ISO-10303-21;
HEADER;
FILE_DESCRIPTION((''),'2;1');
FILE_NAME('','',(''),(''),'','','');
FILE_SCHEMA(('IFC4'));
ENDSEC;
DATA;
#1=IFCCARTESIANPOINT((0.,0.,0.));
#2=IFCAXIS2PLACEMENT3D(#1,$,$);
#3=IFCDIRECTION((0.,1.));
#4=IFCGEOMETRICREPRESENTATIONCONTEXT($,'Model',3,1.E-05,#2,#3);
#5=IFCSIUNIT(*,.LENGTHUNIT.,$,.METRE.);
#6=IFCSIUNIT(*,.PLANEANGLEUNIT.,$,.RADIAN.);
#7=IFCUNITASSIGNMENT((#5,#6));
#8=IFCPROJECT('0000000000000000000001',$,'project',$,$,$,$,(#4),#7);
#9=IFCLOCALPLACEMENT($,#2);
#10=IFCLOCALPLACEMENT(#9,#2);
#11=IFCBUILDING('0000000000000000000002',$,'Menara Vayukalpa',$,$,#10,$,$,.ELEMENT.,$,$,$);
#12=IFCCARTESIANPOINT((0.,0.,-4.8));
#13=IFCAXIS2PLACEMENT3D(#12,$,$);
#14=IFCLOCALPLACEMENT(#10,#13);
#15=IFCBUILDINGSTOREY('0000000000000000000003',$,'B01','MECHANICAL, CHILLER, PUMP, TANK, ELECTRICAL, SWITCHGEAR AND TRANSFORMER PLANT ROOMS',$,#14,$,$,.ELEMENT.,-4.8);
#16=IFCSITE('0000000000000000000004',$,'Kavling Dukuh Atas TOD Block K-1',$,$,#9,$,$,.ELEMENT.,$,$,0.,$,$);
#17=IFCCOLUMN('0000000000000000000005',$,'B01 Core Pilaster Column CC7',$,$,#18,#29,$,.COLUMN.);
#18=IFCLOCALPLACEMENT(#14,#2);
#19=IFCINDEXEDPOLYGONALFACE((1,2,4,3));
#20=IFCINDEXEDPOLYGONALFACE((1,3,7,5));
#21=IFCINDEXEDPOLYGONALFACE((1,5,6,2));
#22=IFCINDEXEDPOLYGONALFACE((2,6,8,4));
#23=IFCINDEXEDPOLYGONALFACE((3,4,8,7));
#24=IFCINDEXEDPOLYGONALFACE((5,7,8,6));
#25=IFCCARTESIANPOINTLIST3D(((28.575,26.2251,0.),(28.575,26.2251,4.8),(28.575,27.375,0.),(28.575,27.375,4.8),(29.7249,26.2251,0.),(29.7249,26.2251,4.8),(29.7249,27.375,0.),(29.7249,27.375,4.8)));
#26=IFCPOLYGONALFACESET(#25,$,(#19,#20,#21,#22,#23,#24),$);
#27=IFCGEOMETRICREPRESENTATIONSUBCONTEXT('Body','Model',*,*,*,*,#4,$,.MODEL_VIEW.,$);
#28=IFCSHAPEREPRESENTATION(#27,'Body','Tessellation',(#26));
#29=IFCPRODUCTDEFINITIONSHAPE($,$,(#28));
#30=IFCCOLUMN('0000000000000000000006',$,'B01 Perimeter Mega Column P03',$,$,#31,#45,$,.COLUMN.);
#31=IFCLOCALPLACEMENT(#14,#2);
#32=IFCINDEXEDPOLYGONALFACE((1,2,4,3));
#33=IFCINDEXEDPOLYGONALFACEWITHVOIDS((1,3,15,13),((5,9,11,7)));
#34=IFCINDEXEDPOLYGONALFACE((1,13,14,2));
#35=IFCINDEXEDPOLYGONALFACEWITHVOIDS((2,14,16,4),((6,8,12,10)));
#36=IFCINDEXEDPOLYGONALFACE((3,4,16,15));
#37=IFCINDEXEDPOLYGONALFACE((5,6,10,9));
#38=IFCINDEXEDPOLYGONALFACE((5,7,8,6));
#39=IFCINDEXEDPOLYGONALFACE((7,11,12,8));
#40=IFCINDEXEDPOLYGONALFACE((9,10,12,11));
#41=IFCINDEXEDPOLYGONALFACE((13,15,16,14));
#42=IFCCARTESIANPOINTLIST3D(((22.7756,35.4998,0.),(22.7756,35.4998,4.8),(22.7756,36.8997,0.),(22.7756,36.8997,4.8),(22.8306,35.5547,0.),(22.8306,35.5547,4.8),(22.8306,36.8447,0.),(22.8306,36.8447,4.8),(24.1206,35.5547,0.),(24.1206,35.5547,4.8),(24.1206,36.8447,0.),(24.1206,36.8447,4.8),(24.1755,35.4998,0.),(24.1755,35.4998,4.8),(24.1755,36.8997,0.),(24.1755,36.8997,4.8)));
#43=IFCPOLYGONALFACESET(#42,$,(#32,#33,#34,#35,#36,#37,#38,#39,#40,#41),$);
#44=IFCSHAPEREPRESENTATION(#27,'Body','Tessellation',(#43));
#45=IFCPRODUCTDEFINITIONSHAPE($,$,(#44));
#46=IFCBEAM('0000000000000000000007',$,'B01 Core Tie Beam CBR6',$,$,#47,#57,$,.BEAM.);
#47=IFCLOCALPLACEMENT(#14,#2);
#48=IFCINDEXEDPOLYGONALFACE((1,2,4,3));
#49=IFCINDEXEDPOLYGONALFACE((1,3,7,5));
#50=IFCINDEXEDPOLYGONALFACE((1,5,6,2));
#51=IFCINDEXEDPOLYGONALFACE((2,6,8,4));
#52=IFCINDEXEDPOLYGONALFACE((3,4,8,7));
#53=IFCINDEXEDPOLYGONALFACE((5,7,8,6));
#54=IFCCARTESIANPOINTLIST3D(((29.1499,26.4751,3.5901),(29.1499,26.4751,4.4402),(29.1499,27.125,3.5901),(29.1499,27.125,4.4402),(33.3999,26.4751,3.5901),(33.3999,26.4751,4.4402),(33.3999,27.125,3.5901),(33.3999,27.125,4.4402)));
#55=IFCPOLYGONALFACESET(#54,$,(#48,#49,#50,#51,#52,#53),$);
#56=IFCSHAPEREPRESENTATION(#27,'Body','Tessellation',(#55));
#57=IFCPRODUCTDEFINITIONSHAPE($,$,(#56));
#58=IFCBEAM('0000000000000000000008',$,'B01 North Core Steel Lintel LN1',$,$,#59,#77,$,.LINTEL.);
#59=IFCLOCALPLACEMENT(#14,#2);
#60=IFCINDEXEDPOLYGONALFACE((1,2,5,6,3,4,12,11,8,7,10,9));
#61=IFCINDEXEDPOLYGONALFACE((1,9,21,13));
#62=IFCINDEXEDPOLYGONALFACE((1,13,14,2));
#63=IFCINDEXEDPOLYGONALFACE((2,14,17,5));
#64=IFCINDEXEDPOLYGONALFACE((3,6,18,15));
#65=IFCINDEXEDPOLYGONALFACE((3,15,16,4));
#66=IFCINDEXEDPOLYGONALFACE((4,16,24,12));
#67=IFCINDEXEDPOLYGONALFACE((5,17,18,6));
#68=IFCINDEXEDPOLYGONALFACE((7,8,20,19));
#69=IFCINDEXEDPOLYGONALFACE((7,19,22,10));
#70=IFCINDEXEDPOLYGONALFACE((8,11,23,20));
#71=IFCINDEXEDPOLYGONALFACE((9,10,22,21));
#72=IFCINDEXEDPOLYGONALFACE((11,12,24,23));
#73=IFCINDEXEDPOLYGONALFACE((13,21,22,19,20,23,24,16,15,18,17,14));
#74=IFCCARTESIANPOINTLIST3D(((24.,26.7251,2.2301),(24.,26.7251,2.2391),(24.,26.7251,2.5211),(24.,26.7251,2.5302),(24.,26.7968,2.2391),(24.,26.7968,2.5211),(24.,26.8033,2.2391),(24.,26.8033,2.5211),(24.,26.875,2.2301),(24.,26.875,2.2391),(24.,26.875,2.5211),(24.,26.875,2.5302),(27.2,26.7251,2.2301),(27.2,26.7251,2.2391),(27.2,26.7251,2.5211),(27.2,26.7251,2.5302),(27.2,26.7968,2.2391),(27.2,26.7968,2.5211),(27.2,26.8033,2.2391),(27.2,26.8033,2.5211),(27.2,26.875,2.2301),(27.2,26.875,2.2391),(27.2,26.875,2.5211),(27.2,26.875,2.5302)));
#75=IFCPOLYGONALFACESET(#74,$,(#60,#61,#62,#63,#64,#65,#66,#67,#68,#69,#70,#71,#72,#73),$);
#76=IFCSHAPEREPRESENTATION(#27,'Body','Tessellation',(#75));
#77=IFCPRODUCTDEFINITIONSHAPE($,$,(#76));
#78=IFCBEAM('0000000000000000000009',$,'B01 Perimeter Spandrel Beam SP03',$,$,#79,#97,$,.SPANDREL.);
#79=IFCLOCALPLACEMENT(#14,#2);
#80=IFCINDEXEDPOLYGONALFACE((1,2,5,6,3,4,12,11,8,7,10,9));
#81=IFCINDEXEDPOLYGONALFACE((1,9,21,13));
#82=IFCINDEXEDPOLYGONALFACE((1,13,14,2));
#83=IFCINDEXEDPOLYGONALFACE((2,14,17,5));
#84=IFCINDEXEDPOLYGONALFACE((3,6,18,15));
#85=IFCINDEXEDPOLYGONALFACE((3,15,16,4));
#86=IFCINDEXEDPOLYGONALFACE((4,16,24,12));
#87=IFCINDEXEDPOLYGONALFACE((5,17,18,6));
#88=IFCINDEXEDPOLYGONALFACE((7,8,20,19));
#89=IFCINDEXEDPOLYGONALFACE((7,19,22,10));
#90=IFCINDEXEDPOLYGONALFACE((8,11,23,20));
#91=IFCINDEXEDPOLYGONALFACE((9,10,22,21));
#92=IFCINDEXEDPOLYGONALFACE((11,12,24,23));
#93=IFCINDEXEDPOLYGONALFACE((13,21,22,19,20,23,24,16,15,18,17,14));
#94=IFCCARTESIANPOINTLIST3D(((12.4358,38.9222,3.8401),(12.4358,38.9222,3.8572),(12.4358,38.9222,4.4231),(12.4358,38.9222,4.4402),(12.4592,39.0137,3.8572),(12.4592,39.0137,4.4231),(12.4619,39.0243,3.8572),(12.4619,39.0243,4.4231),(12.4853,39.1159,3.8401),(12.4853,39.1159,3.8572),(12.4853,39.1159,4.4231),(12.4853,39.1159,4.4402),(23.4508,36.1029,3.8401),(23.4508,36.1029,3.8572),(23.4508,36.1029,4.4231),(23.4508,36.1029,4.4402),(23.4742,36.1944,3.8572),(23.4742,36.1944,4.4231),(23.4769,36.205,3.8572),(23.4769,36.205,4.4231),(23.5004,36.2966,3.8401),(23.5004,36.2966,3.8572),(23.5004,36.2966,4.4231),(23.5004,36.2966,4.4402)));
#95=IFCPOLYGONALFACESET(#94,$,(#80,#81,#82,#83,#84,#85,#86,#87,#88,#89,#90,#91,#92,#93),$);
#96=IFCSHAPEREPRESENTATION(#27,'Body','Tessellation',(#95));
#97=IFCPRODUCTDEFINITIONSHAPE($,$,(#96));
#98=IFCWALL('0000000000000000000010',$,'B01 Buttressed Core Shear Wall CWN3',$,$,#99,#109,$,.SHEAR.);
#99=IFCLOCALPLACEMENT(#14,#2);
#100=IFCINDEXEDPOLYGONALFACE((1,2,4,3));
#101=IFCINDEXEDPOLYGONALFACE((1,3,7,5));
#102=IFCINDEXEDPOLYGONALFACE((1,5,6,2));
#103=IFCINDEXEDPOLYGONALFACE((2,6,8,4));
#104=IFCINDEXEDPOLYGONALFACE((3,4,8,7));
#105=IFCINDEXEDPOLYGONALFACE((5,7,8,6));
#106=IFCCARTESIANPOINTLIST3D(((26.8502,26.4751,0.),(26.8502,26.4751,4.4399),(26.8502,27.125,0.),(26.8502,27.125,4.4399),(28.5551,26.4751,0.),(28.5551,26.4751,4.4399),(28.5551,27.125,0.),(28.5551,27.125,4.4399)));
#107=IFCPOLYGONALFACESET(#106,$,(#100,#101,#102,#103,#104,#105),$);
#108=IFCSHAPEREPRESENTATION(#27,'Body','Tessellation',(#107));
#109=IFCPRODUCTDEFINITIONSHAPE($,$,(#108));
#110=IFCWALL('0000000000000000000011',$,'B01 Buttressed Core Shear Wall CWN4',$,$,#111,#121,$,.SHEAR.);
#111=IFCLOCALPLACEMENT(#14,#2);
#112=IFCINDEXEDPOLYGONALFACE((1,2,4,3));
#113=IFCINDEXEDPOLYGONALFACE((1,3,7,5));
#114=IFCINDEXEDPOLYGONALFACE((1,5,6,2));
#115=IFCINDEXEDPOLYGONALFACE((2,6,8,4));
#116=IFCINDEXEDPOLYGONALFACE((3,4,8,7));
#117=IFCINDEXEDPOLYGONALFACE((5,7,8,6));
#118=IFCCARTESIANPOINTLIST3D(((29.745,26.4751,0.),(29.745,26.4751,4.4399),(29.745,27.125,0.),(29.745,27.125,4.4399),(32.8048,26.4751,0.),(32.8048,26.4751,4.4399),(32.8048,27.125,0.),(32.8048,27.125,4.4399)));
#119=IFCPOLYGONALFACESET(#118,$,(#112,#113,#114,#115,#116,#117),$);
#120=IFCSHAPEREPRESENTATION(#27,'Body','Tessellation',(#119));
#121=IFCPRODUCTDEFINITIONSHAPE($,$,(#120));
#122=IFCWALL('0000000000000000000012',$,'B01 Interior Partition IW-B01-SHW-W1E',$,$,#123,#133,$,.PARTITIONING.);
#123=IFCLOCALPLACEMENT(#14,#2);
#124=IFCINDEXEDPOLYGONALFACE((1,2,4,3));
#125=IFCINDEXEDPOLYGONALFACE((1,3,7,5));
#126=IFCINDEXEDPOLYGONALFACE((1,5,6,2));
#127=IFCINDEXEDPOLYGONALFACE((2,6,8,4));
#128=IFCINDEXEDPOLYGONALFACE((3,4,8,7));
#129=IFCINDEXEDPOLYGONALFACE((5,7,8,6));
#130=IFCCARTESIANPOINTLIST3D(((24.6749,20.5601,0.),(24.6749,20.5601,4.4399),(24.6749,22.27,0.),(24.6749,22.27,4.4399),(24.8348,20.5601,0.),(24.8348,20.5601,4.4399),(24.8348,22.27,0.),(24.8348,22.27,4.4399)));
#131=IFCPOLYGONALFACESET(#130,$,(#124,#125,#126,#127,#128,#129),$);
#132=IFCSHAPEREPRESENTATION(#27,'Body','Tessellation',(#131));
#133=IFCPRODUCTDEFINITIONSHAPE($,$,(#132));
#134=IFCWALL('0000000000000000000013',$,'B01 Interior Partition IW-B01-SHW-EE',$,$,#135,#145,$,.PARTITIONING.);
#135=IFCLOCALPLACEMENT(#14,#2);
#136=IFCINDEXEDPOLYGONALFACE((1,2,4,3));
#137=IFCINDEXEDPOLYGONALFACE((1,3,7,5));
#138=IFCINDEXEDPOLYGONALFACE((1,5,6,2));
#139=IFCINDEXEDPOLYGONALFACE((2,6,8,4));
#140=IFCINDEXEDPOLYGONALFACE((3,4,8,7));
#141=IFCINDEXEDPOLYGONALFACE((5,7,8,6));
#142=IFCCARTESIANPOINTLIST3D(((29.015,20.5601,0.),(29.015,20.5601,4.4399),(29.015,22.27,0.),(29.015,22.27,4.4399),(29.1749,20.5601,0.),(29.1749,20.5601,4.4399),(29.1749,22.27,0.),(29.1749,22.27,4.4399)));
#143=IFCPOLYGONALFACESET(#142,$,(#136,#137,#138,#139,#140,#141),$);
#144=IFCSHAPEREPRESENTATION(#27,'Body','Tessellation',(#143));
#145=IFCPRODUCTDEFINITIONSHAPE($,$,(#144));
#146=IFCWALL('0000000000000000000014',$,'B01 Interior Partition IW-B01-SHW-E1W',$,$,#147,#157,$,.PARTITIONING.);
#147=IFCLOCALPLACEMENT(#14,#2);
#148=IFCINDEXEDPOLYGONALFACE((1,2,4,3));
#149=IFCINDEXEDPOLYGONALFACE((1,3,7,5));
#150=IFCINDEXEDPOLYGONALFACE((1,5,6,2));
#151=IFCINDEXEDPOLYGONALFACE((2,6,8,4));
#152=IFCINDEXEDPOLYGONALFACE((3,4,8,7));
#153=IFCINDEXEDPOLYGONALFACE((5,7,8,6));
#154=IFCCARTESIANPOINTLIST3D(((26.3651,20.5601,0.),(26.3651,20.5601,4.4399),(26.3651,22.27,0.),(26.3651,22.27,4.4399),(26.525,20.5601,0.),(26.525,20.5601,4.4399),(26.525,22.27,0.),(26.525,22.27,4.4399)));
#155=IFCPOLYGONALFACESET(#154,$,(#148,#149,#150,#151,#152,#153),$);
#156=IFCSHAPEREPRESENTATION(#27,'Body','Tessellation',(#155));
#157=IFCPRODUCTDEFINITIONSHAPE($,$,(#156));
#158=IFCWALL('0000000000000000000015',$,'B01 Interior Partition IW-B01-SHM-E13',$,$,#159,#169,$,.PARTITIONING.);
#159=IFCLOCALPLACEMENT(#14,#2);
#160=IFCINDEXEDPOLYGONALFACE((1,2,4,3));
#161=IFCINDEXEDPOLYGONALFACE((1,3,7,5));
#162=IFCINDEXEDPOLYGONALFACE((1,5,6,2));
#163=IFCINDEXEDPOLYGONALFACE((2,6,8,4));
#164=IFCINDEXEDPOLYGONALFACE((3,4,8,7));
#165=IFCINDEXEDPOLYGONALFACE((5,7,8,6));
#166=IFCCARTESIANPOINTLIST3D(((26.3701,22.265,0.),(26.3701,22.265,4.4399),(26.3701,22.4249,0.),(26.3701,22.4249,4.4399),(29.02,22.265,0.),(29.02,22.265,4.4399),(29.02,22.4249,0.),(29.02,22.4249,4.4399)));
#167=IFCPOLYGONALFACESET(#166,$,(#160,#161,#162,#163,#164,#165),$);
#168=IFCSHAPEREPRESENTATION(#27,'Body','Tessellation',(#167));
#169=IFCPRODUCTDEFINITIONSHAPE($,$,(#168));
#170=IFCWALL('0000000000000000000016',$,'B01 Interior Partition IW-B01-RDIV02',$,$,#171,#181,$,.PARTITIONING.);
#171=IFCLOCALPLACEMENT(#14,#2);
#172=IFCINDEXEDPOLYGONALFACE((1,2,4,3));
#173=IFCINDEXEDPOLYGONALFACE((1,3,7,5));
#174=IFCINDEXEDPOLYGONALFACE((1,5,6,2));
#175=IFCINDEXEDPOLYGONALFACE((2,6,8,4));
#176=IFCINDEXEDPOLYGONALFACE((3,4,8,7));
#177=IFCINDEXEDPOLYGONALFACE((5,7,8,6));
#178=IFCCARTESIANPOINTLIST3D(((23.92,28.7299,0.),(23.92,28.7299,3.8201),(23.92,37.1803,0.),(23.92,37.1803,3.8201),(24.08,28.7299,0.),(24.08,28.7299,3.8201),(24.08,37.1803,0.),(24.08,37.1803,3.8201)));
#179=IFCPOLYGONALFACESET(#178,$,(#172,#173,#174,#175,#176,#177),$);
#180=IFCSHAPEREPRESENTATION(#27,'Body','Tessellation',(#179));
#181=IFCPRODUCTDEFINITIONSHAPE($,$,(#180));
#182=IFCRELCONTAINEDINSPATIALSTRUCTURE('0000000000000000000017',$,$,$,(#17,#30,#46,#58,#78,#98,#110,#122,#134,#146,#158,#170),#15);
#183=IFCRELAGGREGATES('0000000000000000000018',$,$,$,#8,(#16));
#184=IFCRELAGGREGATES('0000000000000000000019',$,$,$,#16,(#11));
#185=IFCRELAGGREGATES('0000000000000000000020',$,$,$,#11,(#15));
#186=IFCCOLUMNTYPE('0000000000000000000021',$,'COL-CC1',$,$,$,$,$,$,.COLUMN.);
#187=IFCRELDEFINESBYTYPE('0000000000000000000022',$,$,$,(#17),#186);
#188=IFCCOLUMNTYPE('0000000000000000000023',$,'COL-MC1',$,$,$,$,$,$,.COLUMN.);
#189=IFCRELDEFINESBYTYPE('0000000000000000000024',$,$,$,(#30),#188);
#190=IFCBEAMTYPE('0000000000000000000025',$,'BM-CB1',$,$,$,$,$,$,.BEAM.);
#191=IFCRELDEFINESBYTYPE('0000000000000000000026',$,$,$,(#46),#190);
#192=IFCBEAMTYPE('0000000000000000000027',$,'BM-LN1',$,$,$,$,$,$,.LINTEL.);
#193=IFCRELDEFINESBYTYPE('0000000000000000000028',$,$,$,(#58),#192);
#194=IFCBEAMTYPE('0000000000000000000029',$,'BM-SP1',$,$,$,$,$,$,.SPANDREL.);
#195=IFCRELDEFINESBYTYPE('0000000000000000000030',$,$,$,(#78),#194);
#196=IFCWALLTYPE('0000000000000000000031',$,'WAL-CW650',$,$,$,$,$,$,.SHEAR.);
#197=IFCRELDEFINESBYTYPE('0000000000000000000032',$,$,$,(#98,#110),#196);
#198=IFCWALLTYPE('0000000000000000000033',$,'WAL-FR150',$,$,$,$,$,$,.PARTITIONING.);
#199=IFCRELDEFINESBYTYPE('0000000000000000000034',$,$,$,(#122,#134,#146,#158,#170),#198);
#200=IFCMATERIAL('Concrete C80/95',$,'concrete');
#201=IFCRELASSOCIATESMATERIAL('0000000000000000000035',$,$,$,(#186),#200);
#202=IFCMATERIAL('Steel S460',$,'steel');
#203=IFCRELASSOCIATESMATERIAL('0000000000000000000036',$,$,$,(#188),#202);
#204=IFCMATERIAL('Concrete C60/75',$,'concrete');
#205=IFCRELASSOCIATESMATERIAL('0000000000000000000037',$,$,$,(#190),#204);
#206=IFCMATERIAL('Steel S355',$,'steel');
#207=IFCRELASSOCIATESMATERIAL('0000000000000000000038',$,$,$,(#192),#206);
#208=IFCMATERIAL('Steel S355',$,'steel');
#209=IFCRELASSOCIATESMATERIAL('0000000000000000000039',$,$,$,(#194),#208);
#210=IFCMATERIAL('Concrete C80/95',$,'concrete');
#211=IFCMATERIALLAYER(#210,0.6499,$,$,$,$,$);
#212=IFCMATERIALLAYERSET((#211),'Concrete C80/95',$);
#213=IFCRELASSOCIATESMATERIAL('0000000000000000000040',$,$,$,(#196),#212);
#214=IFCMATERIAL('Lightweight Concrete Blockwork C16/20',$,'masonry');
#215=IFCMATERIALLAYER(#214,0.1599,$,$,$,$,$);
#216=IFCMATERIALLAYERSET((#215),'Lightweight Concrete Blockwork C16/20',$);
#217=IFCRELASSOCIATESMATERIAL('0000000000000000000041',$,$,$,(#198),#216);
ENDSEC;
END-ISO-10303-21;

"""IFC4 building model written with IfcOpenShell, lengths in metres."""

from ifc_helpers import new_model, si_unit, direction, frame, frame_2d, origin, origin_2d, place, context, subcontext, project, spatial, rectangle, hollow_rectangle, i_section, extrude, material, layer, layer_set, material_profile, profile_set, type_object, element, save


model = new_model("IFC4")

# Units and contexts
model_context = context("Model", 3, precision=1e-05, world=origin(), true_north=direction((0.0, 1.0)))
body_context = subcontext(model_context, "Body", "Model", "MODEL_VIEW")
ifc_project = project(units=[si_unit("LENGTHUNIT", "METRE"), si_unit("PLANEANGLEUNIT", "RADIAN")], contexts=[model_context])

# Site, building, storey
site_placement = place(None, origin())
site = spatial("IfcSite", under=ifc_project, at=site_placement, Name="Kavling Dukuh Atas TOD Block K-1", CompositionType="ELEMENT", RefElevation=0.0)
building_placement = place(site_placement, origin())
building = spatial("IfcBuilding", under=site, at=building_placement, Name="Menara Vayukalpa", CompositionType="ELEMENT")
storey_placement = place(building_placement, frame((0.0, 0.0, -4.8)))
storey = spatial("IfcBuildingStorey", under=building, at=storey_placement, Name="B01", Description="MECHANICAL, CHILLER, PUMP, TANK, ELECTRICAL, SWITCHGEAR AND TRANSFORMER PLANT ROOMS", CompositionType="ELEMENT", Elevation=-4.8)

# Columns
ifc_material_1 = material(Name="Concrete C80/95", Category="concrete")
ifc_material_profile_1 = material_profile(ifc_material_1, rectangle(XDim=1.1499, YDim=1.1499, at=origin_2d()), Name="RC 1150x1150")
ifc_profile_set_1 = profile_set([ifc_material_profile_1], Name="Concrete C80/95")
column_type_1 = type_object("IfcColumnType", Name="COL-CC1", PredefinedType="COLUMN", material=ifc_profile_set_1)
column_1_placement = place(storey_placement, frame((29.1499, 26.8, 0.0), z_axis=(0.0, 0.0, 1.0), x_axis=(1.0, 0.0, 0.0)))
element("IfcColumn", 1, at=column_1_placement, inside=storey, type_object=column_type_1, Name="B01 Core Pilaster Column CC7", PredefinedType="COLUMN", context=body_context, shape_type="SweptSolid", body=[
    extrude(rectangle(XDim=1.1499, YDim=1.1499, at=origin_2d()), origin(), (0.0, 0.0, 1.0), 4.8),
])
ifc_material_2 = material(Name="Steel S460", Category="steel")
ifc_material_profile_2 = material_profile(ifc_material_2, hollow_rectangle(XDim=1.3999, YDim=1.3999, WallThickness=0.0549, at=origin_2d()), Name="BOX 1400x1400x55")
ifc_profile_set_2 = profile_set([ifc_material_profile_2], Name="Steel S460")
column_type_2 = type_object("IfcColumnType", Name="COL-MC1", PredefinedType="COLUMN", material=ifc_profile_set_2)
column_2_placement = place(storey_placement, frame((23.4756, 36.1997, 0.0), z_axis=(0.0, 0.0, 1.0), x_axis=(1.0, 0.0, 0.0)))
element("IfcColumn", 2, at=column_2_placement, inside=storey, type_object=column_type_2, Name="B01 Perimeter Mega Column P03", PredefinedType="COLUMN", context=body_context, shape_type="SweptSolid", body=[
    extrude(hollow_rectangle(XDim=1.3999, YDim=1.3999, WallThickness=0.0549, at=origin_2d()), origin(), (0.0, 0.0, 1.0), 4.8),
])

# Beams
ifc_material_3 = material(Name="Concrete C60/75", Category="concrete")
ifc_material_profile_3 = material_profile(ifc_material_3, rectangle(XDim=0.6499, YDim=0.8501, at=origin_2d()), Name="RC 650x850")
ifc_profile_set_3 = profile_set([ifc_material_profile_3], Name="Concrete C60/75")
beam_type_1 = type_object("IfcBeamType", Name="BM-CB1", PredefinedType="BEAM", material=ifc_profile_set_3)
beam_1_placement = place(storey_placement, frame((29.1499, 26.8, 4.0151), z_axis=(1.0, 0.0, 0.0), x_axis=(0.0, 1.0, 0.0)))
element("IfcBeam", 3, at=beam_1_placement, inside=storey, type_object=beam_type_1, Name="B01 Core Tie Beam CBR6", PredefinedType="BEAM", context=body_context, shape_type="SweptSolid", body=[
    extrude(rectangle(XDim=0.6499, YDim=0.8501, at=origin_2d()), origin(), (0.0, 0.0, 1.0), 4.25),
])
ifc_material_4 = material(Name="Steel S355", Category="steel")
ifc_material_profile_4 = material_profile(ifc_material_4, i_section(OverallWidth=0.1499, OverallDepth=0.3, WebThickness=0.0066, FlangeThickness=0.009, at=origin_2d()), Name="WF 300x150x6.5x9")
ifc_profile_set_4 = profile_set([ifc_material_profile_4], Name="Steel S355")
beam_type_2 = type_object("IfcBeamType", Name="BM-LN1", PredefinedType="LINTEL", material=ifc_profile_set_4)
beam_2_placement = place(storey_placement, frame((24.0, 26.8, 2.3801), z_axis=(1.0, 0.0, 0.0), x_axis=(0.0, 1.0, 0.0)))
element("IfcBeam", 4, at=beam_2_placement, inside=storey, type_object=beam_type_2, Name="B01 North Core Steel Lintel LN1", PredefinedType="LINTEL", context=body_context, shape_type="SweptSolid", body=[
    extrude(i_section(OverallWidth=0.1499, OverallDepth=0.3, WebThickness=0.0066, FlangeThickness=0.009, at=origin_2d()), origin(), (0.0, 0.0, 1.0), 3.2),
])
ifc_material_5 = material(Name="Steel S355", Category="steel")
ifc_material_profile_5 = material_profile(ifc_material_5, i_section(OverallWidth=0.2, OverallDepth=0.6001, WebThickness=0.011, FlangeThickness=0.0171, at=origin_2d()), Name="WF 600x200x11x17")
ifc_profile_set_5 = profile_set([ifc_material_profile_5], Name="Steel S355")
beam_type_3 = type_object("IfcBeamType", Name="BM-SP1", PredefinedType="SPANDREL", material=ifc_profile_set_5)
beam_3_placement = place(storey_placement, frame((23.4756, 36.1997, 4.1401), z_axis=(-0.968771, 0.247958, 0.0), x_axis=(-0.247958, -0.968771, 0.0)))
element("IfcBeam", 5, at=beam_3_placement, inside=storey, type_object=beam_type_3, Name="B01 Perimeter Spandrel Beam SP03", PredefinedType="SPANDREL", context=body_context, shape_type="SweptSolid", body=[
    extrude(i_section(OverallWidth=0.2, OverallDepth=0.6001, WebThickness=0.011, FlangeThickness=0.0171, at=origin_2d()), origin(), (0.0, 0.0, 1.0), 11.3701),
])

# Walls
ifc_material_6 = material(Name="Concrete C80/95", Category="concrete")
ifc_layer_1 = layer(ifc_material_6, 0.6499)
ifc_layer_set_1 = layer_set([ifc_layer_1], Name="Concrete C80/95")
wall_type_1 = type_object("IfcWallType", Name="WAL-CW650", PredefinedType="SHEAR", material=ifc_layer_set_1)
wall_1_placement = place(storey_placement, frame((26.8501, 26.8, 0.0), z_axis=(0.0, 0.0, 1.0), x_axis=(1.0, 0.0, 0.0)))
element("IfcWall", 6, at=wall_1_placement, inside=storey, type_object=wall_type_1, Name="B01 Buttressed Core Shear Wall CWN3", PredefinedType="SHEAR", context=body_context, shape_type="SweptSolid", body=[
    extrude(rectangle(XDim=1.7048, YDim=0.6499, at=frame_2d((0.8525, 0.0))), origin(), (0.0, 0.0, 1.0), 4.4399),
])
wall_2_placement = place(storey_placement, frame((29.7451, 26.8, 0.0), z_axis=(0.0, 0.0, 1.0), x_axis=(1.0, 0.0, 0.0)))
element("IfcWall", 7, at=wall_2_placement, inside=storey, type_object=wall_type_1, Name="B01 Buttressed Core Shear Wall CWN4", PredefinedType="SHEAR", context=body_context, shape_type="SweptSolid", body=[
    extrude(rectangle(XDim=3.0598, YDim=0.6499, at=frame_2d((1.5298, 0.0))), origin(), (0.0, 0.0, 1.0), 4.4399),
])
ifc_material_7 = material(Name="Lightweight Concrete Blockwork C16/20", Category="masonry")
ifc_layer_2 = layer(ifc_material_7, 0.1599)
ifc_layer_set_2 = layer_set([ifc_layer_2], Name="Lightweight Concrete Blockwork C16/20")
wall_type_2 = type_object("IfcWallType", Name="WAL-FR150", PredefinedType="PARTITIONING", material=ifc_layer_set_2)
for number, where, z_axis, x_axis, name in (
    (8, (24.7549, 20.5601, 0.0), (0.0, 0.0, 1.0), (0.0, 1.0, 0.0), "B01 Interior Partition IW-B01-SHW-W1E"),
    (9, (29.095, 20.5601, 0.0), (0.0, 0.0, 1.0), (0.0, 1.0, 0.0), "B01 Interior Partition IW-B01-SHW-EE"),
    (10, (26.4451, 20.5601, 0.0), (0.0, 0.0, 1.0), (0.0, 1.0, 0.0), "B01 Interior Partition IW-B01-SHW-E1W"),
):
    element("IfcWall", number, at=place(storey_placement, frame(where, z_axis=z_axis, x_axis=x_axis)), inside=storey, type_object=wall_type_2, Name=name, PredefinedType="PARTITIONING", context=body_context, shape_type="SweptSolid", body=[
        extrude(rectangle(XDim=1.71, YDim=0.1599, at=frame_2d((0.855, 0.0))), origin(), (0.0, 0.0, 1.0), 4.4399),
    ])
wall_3_placement = place(storey_placement, frame((26.3701, 22.345, 0.0), z_axis=(0.0, 0.0, 1.0), x_axis=(1.0, 0.0, 0.0)))
element("IfcWall", 11, at=wall_3_placement, inside=storey, type_object=wall_type_2, Name="B01 Interior Partition IW-B01-SHM-E13", PredefinedType="PARTITIONING", context=body_context, shape_type="SweptSolid", body=[
    extrude(rectangle(XDim=2.6499, YDim=0.1599, at=frame_2d((1.325, 0.0))), origin(), (0.0, 0.0, 1.0), 4.4399),
])
wall_4_placement = place(storey_placement, frame((24.0, 28.73, 0.0), z_axis=(0.0, 0.0, 1.0), x_axis=(0.0, 1.0, 0.0)))
element("IfcWall", 12, at=wall_4_placement, inside=storey, type_object=wall_type_2, Name="B01 Interior Partition IW-B01-RDIV02", PredefinedType="PARTITIONING", context=body_context, shape_type="SweptSolid", body=[
    extrude(rectangle(XDim=8.4504, YDim=0.1599, at=frame_2d((4.2251, 0.0))), origin(), (0.0, 0.0, 1.0), 3.8201),
])

save(model, "model.ifc")
